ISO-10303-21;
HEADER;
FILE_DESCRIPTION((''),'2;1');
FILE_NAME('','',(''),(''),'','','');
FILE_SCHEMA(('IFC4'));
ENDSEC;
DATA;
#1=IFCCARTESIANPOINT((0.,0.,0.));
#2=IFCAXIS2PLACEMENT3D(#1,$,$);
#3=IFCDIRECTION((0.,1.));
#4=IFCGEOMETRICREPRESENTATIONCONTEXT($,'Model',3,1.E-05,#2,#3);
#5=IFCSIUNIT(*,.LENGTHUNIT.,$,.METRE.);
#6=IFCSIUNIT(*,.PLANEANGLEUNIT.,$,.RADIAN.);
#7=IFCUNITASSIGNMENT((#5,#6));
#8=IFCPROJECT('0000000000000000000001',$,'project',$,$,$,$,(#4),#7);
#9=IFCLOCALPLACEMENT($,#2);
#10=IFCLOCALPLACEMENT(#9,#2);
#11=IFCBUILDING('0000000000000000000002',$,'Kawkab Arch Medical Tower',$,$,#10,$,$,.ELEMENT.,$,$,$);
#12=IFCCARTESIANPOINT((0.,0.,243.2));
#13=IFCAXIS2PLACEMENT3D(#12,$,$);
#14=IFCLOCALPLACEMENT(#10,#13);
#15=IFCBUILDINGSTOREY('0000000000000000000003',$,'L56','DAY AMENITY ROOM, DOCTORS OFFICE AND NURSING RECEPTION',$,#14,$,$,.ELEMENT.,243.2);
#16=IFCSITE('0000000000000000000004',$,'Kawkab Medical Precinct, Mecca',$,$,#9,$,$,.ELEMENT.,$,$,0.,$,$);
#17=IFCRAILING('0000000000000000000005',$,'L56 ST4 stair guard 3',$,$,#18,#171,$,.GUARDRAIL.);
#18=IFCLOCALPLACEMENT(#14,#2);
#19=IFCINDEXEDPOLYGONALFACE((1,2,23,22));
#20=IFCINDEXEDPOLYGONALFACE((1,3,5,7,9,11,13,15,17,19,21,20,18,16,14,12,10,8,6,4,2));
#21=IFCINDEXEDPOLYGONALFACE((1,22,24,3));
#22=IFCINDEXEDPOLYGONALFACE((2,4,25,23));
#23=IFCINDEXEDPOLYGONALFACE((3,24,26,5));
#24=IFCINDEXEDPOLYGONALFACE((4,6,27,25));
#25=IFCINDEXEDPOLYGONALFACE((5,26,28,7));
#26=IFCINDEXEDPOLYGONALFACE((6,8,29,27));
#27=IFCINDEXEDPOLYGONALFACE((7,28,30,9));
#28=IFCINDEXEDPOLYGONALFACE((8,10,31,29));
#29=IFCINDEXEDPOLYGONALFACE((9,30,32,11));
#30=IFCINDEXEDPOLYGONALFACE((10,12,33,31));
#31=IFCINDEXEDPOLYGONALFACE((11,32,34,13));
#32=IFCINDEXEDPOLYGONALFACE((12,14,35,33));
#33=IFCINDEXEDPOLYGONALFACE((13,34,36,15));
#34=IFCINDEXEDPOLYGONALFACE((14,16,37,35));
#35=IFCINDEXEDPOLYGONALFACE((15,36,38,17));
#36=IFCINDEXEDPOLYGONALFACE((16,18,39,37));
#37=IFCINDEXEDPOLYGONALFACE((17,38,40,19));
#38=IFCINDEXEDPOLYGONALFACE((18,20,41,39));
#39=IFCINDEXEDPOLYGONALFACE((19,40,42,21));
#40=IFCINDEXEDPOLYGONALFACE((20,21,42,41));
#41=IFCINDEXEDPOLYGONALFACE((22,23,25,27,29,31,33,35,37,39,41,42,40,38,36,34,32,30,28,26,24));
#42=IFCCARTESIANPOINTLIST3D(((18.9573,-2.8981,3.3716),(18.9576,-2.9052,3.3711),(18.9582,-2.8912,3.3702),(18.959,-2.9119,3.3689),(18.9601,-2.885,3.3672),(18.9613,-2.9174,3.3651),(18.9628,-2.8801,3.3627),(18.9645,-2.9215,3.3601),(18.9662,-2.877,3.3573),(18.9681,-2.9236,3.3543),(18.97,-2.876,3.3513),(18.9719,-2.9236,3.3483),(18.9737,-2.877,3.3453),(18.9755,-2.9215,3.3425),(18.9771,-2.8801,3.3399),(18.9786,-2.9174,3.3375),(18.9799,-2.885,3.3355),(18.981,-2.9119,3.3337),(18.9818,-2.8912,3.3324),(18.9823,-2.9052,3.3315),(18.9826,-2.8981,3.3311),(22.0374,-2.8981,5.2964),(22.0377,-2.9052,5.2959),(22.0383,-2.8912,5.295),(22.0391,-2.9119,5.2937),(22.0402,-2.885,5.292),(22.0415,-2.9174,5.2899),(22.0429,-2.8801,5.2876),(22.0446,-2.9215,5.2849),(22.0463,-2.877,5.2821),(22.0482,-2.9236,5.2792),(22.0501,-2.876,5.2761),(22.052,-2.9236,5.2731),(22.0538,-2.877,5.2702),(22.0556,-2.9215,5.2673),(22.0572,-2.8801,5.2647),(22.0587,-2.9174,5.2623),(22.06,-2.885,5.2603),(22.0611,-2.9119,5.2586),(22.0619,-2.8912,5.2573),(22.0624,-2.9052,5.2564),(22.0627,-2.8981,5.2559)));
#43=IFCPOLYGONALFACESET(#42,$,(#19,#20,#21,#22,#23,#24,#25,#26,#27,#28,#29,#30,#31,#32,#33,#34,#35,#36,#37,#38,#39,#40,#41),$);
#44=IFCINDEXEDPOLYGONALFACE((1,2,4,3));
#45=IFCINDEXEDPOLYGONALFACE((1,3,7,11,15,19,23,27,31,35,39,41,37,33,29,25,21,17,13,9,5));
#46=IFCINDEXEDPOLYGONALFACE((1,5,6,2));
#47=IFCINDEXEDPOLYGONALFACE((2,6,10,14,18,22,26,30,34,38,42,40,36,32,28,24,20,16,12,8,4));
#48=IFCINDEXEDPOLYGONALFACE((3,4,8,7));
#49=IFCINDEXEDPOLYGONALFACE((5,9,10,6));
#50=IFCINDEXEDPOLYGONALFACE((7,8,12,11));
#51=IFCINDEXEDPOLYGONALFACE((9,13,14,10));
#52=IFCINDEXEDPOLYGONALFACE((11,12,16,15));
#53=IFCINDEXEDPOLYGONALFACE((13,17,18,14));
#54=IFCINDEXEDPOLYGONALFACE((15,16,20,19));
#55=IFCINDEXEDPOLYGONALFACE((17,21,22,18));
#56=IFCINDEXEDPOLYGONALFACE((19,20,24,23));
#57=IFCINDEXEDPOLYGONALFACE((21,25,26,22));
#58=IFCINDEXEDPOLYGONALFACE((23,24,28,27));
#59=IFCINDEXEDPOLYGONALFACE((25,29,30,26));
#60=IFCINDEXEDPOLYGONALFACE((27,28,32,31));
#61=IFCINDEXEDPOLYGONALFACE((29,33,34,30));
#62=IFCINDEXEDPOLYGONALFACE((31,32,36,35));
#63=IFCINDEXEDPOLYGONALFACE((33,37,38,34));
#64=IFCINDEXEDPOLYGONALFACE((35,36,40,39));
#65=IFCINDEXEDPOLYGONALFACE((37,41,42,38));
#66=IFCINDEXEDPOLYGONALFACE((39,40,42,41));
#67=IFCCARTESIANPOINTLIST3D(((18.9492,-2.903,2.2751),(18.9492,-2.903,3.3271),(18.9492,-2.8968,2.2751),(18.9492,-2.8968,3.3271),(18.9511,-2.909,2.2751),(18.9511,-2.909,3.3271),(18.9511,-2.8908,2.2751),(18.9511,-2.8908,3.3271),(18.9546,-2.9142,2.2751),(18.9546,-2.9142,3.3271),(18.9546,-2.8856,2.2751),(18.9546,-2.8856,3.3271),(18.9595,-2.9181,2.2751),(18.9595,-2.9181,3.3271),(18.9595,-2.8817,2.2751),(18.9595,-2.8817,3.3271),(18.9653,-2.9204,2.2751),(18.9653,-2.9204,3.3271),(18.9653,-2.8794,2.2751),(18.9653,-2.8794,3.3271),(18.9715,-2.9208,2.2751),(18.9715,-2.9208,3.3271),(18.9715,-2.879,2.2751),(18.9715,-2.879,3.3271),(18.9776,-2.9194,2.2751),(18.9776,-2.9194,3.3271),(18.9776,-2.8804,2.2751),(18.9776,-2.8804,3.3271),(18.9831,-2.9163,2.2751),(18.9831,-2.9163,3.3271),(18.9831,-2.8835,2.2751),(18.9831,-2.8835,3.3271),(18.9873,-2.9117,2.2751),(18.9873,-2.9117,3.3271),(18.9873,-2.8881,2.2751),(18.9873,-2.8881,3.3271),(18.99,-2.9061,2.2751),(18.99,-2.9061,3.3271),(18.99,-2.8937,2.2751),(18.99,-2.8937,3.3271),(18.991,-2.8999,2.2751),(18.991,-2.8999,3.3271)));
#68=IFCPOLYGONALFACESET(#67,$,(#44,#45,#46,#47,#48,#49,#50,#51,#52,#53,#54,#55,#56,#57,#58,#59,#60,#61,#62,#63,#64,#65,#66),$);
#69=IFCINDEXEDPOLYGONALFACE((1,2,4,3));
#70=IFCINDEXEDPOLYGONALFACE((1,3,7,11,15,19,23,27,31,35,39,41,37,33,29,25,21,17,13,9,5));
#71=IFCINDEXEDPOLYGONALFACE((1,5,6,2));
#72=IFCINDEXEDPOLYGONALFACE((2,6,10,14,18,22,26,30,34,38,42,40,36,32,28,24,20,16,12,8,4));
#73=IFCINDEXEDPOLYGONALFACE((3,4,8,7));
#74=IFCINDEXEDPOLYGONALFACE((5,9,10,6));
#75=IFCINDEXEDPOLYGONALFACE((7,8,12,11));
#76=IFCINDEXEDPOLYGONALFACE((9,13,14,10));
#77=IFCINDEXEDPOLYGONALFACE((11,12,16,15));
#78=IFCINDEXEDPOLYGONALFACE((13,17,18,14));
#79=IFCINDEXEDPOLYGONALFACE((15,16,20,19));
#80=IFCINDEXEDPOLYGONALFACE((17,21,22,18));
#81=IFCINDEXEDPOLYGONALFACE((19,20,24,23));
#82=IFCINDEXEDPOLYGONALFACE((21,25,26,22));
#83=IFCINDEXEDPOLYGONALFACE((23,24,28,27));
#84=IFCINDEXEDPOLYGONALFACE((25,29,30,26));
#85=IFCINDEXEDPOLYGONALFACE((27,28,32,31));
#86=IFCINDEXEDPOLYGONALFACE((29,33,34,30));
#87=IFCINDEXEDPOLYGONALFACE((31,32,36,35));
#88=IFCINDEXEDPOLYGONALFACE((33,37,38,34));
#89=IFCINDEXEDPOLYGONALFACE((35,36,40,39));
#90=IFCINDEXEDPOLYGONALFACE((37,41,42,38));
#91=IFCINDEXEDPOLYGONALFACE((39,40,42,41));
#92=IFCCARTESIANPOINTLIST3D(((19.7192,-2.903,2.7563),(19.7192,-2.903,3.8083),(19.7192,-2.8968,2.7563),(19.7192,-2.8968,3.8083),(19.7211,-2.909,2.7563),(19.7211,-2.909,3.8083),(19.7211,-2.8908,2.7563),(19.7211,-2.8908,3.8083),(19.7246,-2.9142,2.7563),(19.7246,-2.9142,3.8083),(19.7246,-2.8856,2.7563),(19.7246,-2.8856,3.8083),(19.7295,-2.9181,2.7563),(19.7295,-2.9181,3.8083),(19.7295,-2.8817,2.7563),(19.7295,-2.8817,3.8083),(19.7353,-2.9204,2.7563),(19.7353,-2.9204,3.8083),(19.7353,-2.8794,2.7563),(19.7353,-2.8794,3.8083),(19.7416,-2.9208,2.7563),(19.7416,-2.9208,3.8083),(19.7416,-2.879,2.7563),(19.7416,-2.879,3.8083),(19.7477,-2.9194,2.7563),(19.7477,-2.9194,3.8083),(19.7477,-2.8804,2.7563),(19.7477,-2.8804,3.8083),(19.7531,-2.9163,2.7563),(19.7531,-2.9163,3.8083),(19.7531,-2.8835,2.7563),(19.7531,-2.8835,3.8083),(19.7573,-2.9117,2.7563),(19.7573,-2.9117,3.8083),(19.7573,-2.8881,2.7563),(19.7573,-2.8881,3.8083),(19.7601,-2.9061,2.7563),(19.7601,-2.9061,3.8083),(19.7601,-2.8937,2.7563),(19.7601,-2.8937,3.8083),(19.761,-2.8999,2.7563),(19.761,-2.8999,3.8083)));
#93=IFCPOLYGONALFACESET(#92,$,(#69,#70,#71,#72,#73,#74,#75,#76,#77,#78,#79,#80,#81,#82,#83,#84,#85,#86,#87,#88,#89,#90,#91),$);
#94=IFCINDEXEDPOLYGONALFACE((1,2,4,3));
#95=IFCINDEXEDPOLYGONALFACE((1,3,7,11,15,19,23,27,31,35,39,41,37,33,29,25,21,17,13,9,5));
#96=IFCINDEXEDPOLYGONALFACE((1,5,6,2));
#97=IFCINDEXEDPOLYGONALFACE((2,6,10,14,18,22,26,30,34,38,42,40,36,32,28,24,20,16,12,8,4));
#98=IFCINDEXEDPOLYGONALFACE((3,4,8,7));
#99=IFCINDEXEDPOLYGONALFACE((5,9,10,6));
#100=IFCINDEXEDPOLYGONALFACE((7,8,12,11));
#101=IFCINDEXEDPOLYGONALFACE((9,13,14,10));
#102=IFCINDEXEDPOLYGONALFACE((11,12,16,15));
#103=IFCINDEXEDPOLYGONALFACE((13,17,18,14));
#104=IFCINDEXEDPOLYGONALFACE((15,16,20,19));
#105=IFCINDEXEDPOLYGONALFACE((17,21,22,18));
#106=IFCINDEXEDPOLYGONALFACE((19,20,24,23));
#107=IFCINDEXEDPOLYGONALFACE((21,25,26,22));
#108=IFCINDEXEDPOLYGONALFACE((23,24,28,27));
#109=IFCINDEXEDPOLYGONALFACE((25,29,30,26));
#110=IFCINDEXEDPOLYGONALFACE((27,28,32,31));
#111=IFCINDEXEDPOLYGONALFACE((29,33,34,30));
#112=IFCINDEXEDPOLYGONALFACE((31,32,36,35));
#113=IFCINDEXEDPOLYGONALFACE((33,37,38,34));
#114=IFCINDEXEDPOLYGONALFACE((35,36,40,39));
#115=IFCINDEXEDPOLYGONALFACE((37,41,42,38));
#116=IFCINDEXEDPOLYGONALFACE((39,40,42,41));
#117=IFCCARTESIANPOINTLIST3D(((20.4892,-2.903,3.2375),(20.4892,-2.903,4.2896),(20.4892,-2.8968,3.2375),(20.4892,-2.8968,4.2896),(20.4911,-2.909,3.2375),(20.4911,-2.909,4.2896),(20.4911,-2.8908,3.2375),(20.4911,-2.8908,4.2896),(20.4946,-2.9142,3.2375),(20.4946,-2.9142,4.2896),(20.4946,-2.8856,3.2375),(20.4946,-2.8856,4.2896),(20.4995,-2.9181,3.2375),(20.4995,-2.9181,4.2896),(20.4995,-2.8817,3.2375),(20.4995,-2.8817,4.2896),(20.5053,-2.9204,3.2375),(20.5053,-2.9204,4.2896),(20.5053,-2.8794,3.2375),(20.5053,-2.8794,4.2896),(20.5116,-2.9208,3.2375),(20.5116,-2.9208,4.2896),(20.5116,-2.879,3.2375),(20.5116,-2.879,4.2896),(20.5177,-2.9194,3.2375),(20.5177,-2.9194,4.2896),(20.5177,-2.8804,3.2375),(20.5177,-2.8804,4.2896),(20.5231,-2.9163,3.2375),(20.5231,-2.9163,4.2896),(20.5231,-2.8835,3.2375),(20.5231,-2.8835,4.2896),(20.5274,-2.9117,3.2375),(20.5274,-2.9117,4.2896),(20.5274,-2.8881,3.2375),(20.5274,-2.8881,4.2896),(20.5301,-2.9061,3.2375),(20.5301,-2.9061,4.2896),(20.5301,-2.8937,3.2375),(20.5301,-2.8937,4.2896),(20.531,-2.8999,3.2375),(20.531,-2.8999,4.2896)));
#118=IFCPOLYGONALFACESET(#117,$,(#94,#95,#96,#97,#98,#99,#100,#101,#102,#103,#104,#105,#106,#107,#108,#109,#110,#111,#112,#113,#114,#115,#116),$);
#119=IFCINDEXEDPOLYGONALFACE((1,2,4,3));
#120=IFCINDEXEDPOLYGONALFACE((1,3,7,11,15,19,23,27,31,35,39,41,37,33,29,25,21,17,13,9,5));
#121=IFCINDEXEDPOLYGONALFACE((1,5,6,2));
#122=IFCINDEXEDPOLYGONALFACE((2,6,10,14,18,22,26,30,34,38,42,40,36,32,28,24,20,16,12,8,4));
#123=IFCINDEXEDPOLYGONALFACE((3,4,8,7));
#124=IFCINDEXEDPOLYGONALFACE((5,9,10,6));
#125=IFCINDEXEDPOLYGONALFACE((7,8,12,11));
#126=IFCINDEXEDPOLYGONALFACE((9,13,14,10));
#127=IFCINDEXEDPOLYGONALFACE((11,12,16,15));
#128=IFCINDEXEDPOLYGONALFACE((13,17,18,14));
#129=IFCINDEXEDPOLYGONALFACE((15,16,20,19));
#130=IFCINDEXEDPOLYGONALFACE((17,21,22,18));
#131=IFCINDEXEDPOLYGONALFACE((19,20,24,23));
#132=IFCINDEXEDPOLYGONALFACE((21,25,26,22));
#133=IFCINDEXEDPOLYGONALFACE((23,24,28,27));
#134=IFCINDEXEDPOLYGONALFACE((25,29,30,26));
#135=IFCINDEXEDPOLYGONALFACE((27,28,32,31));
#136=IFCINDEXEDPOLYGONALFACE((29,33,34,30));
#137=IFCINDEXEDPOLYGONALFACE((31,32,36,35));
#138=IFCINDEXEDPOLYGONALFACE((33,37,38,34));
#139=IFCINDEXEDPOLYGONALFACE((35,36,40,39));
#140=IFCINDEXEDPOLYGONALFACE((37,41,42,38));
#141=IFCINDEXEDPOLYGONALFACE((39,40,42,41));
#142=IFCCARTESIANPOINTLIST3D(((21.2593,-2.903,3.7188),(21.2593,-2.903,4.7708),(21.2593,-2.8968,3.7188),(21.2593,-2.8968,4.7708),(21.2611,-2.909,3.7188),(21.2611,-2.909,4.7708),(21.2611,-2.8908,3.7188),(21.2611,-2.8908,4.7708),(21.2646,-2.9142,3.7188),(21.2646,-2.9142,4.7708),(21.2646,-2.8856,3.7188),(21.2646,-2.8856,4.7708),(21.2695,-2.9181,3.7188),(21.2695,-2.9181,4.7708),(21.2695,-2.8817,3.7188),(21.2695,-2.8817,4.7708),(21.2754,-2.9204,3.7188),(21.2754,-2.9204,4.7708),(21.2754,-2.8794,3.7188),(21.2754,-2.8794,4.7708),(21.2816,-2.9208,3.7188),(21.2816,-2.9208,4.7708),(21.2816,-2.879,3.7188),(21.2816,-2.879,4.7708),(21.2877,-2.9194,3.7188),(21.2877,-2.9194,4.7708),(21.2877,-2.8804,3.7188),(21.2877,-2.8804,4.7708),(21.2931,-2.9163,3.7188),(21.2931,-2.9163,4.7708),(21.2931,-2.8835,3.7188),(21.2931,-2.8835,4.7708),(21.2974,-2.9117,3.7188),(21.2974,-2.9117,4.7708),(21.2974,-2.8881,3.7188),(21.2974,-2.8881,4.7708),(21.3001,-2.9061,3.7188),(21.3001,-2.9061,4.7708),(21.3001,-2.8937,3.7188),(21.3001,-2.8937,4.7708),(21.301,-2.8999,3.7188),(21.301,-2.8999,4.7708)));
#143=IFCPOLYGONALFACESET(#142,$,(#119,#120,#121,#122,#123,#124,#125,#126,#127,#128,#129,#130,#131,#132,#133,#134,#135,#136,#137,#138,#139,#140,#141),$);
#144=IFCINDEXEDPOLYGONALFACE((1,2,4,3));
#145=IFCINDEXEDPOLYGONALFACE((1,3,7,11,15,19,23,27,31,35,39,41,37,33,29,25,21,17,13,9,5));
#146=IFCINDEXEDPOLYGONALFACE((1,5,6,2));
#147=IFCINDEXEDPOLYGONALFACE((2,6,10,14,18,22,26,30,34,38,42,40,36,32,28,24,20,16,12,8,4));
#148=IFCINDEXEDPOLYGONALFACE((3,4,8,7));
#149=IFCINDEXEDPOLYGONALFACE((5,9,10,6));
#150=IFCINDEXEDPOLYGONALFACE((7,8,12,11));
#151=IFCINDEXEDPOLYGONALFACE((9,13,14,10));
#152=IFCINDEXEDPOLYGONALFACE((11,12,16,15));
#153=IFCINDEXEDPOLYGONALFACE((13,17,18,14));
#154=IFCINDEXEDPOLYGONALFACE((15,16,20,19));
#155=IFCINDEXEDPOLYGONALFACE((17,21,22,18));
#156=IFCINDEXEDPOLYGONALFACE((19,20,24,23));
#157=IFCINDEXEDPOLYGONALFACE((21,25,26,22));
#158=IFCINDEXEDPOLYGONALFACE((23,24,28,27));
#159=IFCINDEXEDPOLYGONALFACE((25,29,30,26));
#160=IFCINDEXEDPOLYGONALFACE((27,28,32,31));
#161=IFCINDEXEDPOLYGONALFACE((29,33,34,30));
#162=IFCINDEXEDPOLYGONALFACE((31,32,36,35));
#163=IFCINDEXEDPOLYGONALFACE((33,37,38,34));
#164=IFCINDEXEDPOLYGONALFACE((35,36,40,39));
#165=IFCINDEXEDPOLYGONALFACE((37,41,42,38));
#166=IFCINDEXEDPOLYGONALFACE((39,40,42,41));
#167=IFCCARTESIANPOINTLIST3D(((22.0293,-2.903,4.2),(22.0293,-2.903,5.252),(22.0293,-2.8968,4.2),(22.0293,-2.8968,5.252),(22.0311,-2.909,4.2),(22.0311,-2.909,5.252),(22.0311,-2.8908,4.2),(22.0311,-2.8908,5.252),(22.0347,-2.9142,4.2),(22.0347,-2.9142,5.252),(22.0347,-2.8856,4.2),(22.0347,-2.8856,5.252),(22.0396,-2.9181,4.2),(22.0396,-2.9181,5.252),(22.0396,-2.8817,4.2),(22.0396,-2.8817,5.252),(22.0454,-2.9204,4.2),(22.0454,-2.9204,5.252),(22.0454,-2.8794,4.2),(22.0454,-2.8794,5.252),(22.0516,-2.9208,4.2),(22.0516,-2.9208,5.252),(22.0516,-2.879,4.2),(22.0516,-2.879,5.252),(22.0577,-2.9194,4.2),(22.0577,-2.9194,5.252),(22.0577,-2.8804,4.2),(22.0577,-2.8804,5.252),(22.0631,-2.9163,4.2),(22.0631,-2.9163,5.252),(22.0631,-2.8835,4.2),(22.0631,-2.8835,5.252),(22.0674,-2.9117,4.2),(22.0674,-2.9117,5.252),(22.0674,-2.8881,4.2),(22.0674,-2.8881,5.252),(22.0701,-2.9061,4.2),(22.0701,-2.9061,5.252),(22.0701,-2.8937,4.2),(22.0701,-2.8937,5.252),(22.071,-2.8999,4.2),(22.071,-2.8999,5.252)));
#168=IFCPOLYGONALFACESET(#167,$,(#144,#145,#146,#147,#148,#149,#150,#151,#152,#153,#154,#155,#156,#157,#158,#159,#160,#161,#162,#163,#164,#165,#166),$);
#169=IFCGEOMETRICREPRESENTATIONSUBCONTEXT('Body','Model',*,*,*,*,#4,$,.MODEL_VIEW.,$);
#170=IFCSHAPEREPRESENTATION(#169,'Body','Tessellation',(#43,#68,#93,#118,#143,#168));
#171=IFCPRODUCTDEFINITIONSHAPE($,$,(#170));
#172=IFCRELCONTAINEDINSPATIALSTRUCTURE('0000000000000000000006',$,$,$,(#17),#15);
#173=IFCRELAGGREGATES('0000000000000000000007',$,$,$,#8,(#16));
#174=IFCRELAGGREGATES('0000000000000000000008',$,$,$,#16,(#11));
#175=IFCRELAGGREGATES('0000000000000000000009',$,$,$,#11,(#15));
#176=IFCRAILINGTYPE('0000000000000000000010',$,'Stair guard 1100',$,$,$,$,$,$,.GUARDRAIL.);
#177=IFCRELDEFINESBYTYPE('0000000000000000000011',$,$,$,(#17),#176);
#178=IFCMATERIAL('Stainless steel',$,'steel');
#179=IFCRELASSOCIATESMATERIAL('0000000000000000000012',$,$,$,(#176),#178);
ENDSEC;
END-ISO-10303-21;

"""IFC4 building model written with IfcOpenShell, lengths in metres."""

from ifc_helpers import new_model, si_unit, direction, frame, origin, origin_2d, place, context, subcontext, project, spatial, circle, extrude, material, type_object, element, save


model = new_model("IFC4")

# Units and contexts
model_context = context("Model", 3, precision=1e-05, world=origin(), true_north=direction((0.0, 1.0)))
body_context = subcontext(model_context, "Body", "Model", "MODEL_VIEW")
ifc_project = project(units=[si_unit("LENGTHUNIT", "METRE"), si_unit("PLANEANGLEUNIT", "RADIAN")], contexts=[model_context])

# Site, building, storey
site_placement = place(None, origin())
site = spatial("IfcSite", under=ifc_project, at=site_placement, Name="Kawkab Medical Precinct, Mecca", CompositionType="ELEMENT", RefElevation=0.0)
building_placement = place(site_placement, origin())
building = spatial("IfcBuilding", under=site, at=building_placement, Name="Kawkab Arch Medical Tower", CompositionType="ELEMENT")
storey_placement = place(building_placement, frame((0.0, 0.0, 243.2)))
storey = spatial("IfcBuildingStorey", under=building, at=storey_placement, Name="L56", Description="DAY AMENITY ROOM, DOCTORS OFFICE AND NURSING RECEPTION", CompositionType="ELEMENT", Elevation=243.2)

# Railing
ifc_material_1 = material(Name="Stainless steel", Category="steel")
railing_type_1 = type_object("IfcRailingType", Name="Stair guard 1100", PredefinedType="GUARDRAIL", material=ifc_material_1)
railing_1_placement = place(storey_placement, frame((18.97, -2.8999, 2.2751)))
element("IfcRailing", 1, at=railing_1_placement, inside=storey, type_object=railing_type_1, Name="L56 ST4 stair guard 3", PredefinedType="GUARDRAIL", context=body_context, shape_type="SweptSolid", body=[
    extrude(circle(Radius=0.0239, at=origin_2d()), frame((0.0, 0.0, 1.0762), z_axis=(0.848029, 0.0, 0.529951), x_axis=(0.0, 1.0, 0.0)), (0.0, 0.0, 1.0), 3.6321),
    extrude(circle(Radius=0.021, at=origin_2d()), origin(), (0.0, 0.0, 1.0), 1.052),
    extrude(circle(Radius=0.021, at=origin_2d()), frame((0.77, 0.0, 0.4812)), (0.0, 0.0, 1.0), 1.052),
    extrude(circle(Radius=0.021, at=origin_2d()), frame((1.54, 0.0, 0.9624)), (0.0, 0.0, 1.0), 1.052),
    extrude(circle(Radius=0.021, at=origin_2d()), frame((2.3101, 0.0, 1.4436)), (0.0, 0.0, 1.0), 1.052),
    extrude(circle(Radius=0.021, at=origin_2d()), frame((3.0801, 0.0, 1.9248)), (0.0, 0.0, 1.0), 1.052),
])

save(model, "model.ifc")
